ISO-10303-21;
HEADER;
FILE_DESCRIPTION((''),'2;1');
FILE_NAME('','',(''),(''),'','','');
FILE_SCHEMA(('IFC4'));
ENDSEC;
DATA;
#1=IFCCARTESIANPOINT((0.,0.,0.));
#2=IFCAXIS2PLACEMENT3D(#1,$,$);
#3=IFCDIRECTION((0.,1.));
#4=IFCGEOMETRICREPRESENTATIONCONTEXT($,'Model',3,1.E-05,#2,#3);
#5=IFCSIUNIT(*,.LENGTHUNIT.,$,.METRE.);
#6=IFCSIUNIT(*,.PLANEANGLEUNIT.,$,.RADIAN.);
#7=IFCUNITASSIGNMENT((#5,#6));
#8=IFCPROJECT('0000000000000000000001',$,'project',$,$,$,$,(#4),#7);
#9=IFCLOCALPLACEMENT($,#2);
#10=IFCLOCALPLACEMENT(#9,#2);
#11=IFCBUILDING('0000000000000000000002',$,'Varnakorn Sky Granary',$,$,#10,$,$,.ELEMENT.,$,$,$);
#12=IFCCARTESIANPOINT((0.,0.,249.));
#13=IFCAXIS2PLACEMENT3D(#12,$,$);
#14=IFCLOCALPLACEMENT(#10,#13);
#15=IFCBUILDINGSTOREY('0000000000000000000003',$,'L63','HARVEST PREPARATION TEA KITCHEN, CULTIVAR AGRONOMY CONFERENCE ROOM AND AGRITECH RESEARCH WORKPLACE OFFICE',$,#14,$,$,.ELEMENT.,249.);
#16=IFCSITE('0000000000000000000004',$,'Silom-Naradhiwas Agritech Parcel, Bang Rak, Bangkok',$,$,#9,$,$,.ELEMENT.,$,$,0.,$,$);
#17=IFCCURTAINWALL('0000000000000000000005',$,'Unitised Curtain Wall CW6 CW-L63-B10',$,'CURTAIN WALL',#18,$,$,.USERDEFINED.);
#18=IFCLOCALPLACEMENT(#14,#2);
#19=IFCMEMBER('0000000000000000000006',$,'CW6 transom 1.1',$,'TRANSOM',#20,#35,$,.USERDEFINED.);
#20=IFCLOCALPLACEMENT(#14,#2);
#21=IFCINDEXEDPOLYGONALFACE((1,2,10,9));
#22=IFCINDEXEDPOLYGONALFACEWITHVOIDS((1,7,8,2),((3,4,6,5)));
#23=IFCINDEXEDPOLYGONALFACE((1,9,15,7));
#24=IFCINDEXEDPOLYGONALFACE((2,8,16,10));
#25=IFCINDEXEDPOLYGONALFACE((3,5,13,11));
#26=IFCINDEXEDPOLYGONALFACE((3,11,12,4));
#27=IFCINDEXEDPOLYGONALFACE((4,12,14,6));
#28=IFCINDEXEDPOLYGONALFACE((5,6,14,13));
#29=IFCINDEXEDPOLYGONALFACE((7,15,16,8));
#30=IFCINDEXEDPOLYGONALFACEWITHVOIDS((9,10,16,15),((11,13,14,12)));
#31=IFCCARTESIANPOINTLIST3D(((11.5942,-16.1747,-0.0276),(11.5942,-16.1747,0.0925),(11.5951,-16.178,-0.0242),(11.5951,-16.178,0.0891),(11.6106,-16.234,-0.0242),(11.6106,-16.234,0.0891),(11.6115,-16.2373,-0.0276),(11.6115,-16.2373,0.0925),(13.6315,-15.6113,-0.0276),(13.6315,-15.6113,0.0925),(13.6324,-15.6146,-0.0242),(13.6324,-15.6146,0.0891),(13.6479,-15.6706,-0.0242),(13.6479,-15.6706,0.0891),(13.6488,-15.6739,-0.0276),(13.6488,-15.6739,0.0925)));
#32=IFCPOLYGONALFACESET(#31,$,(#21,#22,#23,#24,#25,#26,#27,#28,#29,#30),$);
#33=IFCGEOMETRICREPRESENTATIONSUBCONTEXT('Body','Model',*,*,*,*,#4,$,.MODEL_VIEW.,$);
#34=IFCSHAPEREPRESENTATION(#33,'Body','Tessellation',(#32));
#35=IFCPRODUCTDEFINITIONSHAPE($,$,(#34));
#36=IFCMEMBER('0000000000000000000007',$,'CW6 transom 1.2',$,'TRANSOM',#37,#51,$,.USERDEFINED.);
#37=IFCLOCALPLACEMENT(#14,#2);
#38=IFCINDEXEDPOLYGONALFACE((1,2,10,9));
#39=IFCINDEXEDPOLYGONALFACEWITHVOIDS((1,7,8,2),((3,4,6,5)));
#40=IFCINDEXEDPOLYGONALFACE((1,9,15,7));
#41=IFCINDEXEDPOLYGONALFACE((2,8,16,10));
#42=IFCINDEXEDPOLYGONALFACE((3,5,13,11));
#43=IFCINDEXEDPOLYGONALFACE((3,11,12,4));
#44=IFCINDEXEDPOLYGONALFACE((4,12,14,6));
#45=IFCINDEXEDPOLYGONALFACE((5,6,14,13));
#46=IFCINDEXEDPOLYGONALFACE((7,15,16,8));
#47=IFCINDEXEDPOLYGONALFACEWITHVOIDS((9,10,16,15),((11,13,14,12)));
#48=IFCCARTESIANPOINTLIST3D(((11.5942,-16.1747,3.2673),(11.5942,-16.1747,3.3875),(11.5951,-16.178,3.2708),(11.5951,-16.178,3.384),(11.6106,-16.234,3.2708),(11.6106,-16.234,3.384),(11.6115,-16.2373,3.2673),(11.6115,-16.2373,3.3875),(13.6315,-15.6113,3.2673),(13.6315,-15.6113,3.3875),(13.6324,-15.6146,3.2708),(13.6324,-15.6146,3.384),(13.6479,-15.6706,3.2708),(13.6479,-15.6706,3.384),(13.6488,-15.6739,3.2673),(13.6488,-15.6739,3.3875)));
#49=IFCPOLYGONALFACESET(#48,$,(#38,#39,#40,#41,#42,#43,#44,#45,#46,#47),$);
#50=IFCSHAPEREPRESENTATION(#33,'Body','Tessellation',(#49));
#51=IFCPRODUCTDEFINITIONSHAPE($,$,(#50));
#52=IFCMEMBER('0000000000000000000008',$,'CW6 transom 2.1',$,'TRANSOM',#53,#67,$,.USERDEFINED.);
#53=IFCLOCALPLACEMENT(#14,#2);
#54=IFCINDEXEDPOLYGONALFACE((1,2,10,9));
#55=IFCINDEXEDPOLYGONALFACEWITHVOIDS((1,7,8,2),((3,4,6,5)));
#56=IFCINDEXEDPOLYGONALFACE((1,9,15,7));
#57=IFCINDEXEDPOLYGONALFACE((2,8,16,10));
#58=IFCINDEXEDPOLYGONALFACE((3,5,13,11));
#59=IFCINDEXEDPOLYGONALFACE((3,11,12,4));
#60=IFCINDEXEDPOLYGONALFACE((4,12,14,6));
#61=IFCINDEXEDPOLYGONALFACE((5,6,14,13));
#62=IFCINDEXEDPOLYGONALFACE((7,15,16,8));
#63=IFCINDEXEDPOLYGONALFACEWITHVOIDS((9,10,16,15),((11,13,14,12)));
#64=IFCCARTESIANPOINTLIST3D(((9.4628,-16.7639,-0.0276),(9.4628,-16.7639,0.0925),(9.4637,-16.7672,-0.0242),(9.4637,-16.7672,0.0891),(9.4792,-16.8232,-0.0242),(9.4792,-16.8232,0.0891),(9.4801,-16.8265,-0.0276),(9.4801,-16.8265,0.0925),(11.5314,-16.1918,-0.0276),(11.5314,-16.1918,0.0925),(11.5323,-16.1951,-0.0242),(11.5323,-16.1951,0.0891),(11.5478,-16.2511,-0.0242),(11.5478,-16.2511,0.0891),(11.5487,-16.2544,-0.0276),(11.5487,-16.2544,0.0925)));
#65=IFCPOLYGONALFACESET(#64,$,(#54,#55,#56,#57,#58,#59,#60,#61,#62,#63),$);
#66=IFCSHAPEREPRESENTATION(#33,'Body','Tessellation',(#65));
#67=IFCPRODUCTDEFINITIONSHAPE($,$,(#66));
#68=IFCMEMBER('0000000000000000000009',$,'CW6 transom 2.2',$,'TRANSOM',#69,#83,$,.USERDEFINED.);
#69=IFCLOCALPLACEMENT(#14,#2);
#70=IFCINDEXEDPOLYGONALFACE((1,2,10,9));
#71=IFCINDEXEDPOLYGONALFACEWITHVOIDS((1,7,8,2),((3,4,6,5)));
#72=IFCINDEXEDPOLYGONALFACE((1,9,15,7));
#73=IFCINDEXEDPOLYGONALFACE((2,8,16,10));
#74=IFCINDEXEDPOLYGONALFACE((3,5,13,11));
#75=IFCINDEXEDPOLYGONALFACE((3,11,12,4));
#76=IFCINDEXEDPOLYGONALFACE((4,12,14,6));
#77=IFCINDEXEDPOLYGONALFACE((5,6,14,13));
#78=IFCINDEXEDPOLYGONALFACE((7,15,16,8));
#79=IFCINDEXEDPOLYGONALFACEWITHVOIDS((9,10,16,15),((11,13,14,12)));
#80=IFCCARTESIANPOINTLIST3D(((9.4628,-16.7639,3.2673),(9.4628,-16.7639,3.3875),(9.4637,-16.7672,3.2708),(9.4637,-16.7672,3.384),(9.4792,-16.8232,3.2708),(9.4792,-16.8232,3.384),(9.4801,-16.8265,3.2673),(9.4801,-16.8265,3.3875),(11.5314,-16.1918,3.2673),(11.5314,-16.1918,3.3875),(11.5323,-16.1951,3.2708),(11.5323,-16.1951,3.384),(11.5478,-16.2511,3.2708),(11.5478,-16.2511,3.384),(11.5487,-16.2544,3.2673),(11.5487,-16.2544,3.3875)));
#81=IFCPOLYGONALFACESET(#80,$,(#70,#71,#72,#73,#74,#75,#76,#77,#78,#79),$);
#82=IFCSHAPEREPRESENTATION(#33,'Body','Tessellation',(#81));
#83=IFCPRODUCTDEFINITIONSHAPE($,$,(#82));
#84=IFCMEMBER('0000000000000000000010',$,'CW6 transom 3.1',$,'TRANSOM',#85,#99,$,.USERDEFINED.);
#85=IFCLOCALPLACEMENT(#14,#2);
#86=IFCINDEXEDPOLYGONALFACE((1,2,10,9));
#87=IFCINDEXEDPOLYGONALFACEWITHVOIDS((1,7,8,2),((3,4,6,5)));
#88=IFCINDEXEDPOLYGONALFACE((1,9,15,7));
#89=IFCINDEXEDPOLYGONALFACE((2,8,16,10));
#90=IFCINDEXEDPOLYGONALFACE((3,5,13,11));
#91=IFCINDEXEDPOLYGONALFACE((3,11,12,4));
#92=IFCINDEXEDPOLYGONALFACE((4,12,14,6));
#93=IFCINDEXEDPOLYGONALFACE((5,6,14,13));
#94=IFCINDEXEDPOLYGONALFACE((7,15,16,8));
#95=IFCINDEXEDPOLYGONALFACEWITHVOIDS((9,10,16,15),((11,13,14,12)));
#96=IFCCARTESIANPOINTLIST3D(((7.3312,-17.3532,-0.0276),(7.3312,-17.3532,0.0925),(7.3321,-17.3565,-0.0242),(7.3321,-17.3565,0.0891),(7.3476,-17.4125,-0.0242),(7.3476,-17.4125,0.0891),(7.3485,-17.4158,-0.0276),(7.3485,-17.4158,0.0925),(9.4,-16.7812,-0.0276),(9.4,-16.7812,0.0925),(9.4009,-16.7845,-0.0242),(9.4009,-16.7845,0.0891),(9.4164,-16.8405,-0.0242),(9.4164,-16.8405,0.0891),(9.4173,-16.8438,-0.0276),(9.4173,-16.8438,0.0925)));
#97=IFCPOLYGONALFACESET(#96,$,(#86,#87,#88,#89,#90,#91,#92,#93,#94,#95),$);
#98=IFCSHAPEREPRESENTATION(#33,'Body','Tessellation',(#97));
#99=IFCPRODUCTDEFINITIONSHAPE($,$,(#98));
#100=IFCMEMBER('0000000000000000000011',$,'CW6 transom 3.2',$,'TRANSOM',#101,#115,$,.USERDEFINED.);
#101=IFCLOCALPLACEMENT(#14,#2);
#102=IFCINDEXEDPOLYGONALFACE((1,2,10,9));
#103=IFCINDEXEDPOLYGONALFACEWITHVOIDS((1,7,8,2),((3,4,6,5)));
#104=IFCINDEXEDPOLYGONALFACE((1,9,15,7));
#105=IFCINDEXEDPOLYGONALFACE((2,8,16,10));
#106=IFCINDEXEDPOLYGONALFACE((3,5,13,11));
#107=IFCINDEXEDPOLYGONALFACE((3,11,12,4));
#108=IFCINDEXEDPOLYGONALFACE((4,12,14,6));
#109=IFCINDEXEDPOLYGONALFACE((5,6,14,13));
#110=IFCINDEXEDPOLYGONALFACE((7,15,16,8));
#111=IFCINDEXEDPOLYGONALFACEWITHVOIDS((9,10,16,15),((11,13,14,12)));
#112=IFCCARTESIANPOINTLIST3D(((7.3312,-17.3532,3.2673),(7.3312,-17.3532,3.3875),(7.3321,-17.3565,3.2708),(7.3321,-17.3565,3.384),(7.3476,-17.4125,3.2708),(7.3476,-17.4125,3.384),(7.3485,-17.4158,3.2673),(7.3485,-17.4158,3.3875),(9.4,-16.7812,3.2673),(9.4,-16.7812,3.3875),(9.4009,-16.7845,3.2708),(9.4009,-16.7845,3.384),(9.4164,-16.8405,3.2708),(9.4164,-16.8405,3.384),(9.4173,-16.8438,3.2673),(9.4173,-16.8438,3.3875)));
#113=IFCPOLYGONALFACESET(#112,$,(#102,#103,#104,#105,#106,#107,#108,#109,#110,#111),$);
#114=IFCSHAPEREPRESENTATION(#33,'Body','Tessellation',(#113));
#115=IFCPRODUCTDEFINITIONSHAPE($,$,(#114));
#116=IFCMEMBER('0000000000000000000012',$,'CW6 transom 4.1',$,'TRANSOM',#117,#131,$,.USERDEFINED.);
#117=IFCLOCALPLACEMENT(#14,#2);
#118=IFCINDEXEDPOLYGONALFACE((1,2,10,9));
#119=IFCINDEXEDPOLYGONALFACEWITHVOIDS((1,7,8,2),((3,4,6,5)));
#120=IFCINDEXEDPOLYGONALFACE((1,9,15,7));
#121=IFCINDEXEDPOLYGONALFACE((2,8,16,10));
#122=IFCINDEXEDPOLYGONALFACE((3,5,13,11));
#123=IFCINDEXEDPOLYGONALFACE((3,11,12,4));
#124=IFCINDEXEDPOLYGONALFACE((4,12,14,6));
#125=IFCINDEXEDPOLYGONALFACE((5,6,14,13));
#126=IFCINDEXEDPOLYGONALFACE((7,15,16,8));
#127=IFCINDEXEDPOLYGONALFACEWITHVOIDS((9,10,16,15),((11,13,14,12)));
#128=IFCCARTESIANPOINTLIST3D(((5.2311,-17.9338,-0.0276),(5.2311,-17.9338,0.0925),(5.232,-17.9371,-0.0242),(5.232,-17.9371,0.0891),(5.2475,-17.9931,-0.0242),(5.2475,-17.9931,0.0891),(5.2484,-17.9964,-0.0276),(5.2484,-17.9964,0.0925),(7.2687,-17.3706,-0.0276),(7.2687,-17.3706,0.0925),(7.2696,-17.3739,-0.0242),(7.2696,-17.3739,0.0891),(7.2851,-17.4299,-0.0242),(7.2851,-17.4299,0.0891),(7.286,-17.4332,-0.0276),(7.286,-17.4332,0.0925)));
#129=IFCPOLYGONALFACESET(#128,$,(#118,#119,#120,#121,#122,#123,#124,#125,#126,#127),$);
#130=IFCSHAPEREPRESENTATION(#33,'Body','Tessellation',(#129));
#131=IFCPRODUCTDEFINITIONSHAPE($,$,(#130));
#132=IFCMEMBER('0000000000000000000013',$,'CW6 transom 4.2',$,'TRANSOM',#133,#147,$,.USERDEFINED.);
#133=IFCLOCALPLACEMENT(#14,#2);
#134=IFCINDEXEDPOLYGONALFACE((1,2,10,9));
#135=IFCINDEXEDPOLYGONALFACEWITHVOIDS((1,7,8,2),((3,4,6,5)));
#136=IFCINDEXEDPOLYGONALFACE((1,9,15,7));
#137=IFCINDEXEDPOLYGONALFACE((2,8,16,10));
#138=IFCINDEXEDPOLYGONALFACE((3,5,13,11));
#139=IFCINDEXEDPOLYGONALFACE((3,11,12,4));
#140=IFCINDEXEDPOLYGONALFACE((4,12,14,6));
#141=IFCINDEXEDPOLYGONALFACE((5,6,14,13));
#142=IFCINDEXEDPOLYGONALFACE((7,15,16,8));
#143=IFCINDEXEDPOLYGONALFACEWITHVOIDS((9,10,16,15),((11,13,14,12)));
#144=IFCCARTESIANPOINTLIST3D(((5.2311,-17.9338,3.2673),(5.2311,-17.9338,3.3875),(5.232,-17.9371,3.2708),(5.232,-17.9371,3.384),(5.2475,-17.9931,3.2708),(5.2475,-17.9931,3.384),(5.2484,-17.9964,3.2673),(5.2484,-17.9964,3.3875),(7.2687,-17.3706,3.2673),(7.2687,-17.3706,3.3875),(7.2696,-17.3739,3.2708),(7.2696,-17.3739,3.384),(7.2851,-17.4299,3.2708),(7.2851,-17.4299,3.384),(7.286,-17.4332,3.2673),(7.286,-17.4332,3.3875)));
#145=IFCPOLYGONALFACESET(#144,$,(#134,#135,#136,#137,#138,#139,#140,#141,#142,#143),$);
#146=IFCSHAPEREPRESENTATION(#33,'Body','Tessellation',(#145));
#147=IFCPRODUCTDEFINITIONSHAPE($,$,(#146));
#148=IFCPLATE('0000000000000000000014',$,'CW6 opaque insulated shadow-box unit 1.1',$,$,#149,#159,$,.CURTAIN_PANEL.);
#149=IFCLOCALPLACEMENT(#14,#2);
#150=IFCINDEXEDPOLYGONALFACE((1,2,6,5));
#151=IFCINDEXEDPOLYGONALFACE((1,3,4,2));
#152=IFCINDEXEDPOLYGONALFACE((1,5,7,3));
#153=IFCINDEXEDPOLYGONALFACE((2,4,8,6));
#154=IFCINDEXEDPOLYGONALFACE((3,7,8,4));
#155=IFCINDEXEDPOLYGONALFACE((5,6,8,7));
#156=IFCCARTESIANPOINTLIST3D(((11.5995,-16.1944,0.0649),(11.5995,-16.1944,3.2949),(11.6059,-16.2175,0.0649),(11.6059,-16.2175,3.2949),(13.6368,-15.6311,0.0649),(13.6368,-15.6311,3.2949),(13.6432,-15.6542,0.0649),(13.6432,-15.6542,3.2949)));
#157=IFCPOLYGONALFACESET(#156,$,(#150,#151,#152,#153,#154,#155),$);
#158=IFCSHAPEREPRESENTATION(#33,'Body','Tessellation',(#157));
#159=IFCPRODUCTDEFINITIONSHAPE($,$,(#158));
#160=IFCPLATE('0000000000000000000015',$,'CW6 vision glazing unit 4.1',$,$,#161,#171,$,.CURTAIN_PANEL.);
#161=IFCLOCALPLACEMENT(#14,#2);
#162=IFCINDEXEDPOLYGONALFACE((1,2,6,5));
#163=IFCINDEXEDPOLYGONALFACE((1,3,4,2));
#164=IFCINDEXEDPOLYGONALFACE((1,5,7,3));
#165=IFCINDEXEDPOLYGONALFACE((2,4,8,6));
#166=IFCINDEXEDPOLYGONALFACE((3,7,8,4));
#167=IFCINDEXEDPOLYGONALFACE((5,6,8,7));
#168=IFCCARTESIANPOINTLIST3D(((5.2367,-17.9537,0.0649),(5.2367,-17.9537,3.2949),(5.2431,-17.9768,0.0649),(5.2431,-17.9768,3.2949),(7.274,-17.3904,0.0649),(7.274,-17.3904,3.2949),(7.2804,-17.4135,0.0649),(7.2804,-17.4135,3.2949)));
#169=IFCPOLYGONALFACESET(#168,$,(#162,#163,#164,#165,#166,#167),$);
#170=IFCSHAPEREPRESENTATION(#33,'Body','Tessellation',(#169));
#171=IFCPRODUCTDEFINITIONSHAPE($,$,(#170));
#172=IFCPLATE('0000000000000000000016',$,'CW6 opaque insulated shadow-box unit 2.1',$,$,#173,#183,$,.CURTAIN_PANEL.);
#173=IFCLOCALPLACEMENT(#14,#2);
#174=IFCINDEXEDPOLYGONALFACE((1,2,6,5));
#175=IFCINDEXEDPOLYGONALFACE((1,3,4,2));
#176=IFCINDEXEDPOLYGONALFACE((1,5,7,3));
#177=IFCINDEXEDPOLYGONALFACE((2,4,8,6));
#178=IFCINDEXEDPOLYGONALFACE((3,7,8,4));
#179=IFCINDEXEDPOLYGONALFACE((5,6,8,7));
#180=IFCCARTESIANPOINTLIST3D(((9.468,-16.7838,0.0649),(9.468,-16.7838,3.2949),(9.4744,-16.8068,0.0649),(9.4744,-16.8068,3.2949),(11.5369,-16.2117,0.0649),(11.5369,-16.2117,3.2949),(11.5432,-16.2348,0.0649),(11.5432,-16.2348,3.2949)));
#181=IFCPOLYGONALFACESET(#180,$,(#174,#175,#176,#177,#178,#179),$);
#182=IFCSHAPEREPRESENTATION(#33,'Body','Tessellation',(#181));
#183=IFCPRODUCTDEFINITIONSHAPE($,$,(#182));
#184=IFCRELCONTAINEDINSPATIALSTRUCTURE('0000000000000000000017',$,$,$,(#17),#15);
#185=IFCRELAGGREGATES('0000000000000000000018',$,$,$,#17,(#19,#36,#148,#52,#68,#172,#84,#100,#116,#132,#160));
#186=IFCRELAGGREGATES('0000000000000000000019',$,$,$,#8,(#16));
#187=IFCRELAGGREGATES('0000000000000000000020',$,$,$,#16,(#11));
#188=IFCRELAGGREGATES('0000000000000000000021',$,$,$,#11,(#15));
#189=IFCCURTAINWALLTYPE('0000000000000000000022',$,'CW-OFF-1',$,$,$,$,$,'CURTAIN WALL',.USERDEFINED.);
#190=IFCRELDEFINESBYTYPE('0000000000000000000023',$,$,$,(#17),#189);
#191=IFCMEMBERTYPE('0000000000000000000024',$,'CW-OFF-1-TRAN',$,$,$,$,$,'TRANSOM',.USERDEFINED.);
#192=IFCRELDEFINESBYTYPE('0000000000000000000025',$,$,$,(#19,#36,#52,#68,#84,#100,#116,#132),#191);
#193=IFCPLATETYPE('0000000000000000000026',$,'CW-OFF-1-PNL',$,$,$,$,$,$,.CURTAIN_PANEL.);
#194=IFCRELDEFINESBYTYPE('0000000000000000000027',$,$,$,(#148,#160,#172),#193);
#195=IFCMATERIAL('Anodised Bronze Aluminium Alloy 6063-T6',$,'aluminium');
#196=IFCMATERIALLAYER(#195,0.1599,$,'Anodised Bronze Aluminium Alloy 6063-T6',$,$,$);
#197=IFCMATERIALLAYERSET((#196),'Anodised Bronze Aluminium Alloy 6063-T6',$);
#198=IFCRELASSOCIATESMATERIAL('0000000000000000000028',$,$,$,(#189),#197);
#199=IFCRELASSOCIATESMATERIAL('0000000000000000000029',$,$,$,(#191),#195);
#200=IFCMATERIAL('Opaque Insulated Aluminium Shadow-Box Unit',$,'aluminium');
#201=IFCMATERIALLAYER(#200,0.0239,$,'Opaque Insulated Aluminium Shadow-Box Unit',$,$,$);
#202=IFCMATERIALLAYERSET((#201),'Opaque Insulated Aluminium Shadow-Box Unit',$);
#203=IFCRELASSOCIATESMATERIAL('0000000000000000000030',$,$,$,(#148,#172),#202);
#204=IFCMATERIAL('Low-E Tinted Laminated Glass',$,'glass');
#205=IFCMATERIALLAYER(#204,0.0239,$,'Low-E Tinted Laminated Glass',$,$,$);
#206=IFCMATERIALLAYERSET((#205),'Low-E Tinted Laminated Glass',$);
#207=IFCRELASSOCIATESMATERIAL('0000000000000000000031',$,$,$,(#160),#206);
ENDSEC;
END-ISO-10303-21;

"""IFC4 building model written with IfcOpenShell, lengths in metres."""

from ifc_helpers import new_model, si_unit, direction, frame, origin, origin_2d, place, context, subcontext, project, spatial, rectangle, hollow_rectangle, extrude, source, transform, mapped, material, layer, layer_set, material_profile, profile_set, type_object, type_shapes, element, aggregate, save


model = new_model("IFC4")

# Units and contexts
model_context = context("Model", 3, precision=1e-05, world=origin(), true_north=direction((0.0, 1.0)))
body_context = subcontext(model_context, "Body", "Model", "MODEL_VIEW")
ifc_project = project(units=[si_unit("LENGTHUNIT", "METRE"), si_unit("PLANEANGLEUNIT", "RADIAN")], contexts=[model_context])

# Site, building, storey
site_placement = place(None, origin())
site = spatial("IfcSite", under=ifc_project, at=site_placement, Name="Silom-Naradhiwas Agritech Parcel, Bang Rak, Bangkok", CompositionType="ELEMENT", RefElevation=0.0)
building_placement = place(site_placement, origin())
building = spatial("IfcBuilding", under=site, at=building_placement, Name="Varnakorn Sky Granary", CompositionType="ELEMENT")
storey_placement = place(building_placement, frame((0.0, 0.0, 249.0)))
storey = spatial("IfcBuildingStorey", under=building, at=storey_placement, Name="L63", Description="HARVEST PREPARATION TEA KITCHEN, CULTIVAR AGRONOMY CONFERENCE ROOM AND AGRITECH RESEARCH WORKPLACE OFFICE", CompositionType="ELEMENT", Elevation=249.0)

# Curtain wall, members, plates
ifc_material_1 = material(Name="Anodised Bronze Aluminium Alloy 6063-T6", Category="aluminium")
ifc_layer_1 = layer(ifc_material_1, 0.1599, Name="Anodised Bronze Aluminium Alloy 6063-T6")
ifc_layer_set_1 = layer_set([ifc_layer_1], Name="Anodised Bronze Aluminium Alloy 6063-T6")
curtain_wall_type = type_object("IfcCurtainWallType", Name="CW-OFF-1", ElementType="CURTAIN WALL", PredefinedType="USERDEFINED", material=ifc_layer_set_1)
curtain_wall_placement = place(storey_placement, origin())
curtain_wall = element("IfcCurtainWall", 1, at=curtain_wall_placement, inside=storey, type_object=curtain_wall_type, Name="Unitised Curtain Wall CW6 CW-L63-B10", ObjectType="CURTAIN WALL", PredefinedType="USERDEFINED")
ifc_material_profile_1 = material_profile(ifc_material_1, hollow_rectangle(XDim=0.0649, YDim=0.1201, WallThickness=0.0034, at=origin_2d()), Name="ALU TRAN 65x120")
ifc_profile_set_1 = profile_set([ifc_material_profile_1], Name="Anodised Bronze Aluminium Alloy 6063-T6")
member_type_1 = type_object("IfcMemberType", Name="CW-OFF-1-TRAN", ElementType="TRANSOM", PredefinedType="USERDEFINED", material=ifc_profile_set_1)
member_1_placement = place(storey_placement, frame((13.6401, -15.6426, 0.0325), z_axis=(-0.963817, -0.266566, 0.0), x_axis=(0.266566, -0.963817, 0.0)))
member_1 = element("IfcMember", 2, at=member_1_placement, type_object=member_type_1, Name="CW6 transom 1.1", ObjectType="TRANSOM", PredefinedType="USERDEFINED", context=body_context, shape_type="SweptSolid", body=[
    extrude(hollow_rectangle(XDim=0.0649, YDim=0.1201, WallThickness=0.0034, at=origin_2d()), origin(), (0.0, 0.0, 1.0), 2.1138),
])
member_2_placement = place(storey_placement, frame((13.6401, -15.6426, 3.3274), z_axis=(-0.963817, -0.266566, 0.0), x_axis=(0.266566, -0.963817, 0.0)))
member_2 = element("IfcMember", 3, at=member_2_placement, type_object=member_type_1, Name="CW6 transom 1.2", ObjectType="TRANSOM", PredefinedType="USERDEFINED", context=body_context, shape_type="SweptSolid", body=[
    extrude(hollow_rectangle(XDim=0.0649, YDim=0.1201, WallThickness=0.0034, at=origin_2d()), origin(), (0.0, 0.0, 1.0), 2.1138),
])
member_3_placement = place(storey_placement, frame((11.54, -16.2231, 0.0325), z_axis=(-0.963829, -0.266523, 0.0), x_axis=(0.266523, -0.963829, 0.0)))
member_3 = element("IfcMember", 4, at=member_3_placement, type_object=member_type_1, Name="CW6 transom 2.1", ObjectType="TRANSOM", PredefinedType="USERDEFINED", context=body_context, shape_type="SweptSolid", body=[
    extrude(hollow_rectangle(XDim=0.0649, YDim=0.1201, WallThickness=0.0034, at=origin_2d()), origin(), (0.0, 0.0, 1.0), 2.1462),
])
member_4_placement = place(storey_placement, frame((11.54, -16.2231, 3.3274), z_axis=(-0.963829, -0.266523, 0.0), x_axis=(0.266523, -0.963829, 0.0)))
member_4 = element("IfcMember", 5, at=member_4_placement, type_object=member_type_1, Name="CW6 transom 2.2", ObjectType="TRANSOM", PredefinedType="USERDEFINED", context=body_context, shape_type="SweptSolid", body=[
    extrude(hollow_rectangle(XDim=0.0649, YDim=0.1201, WallThickness=0.0034, at=origin_2d()), origin(), (0.0, 0.0, 1.0), 2.1462),
])
member_5_placement = place(storey_placement, frame((9.4087, -16.8125, 0.0325), z_axis=(-0.963837, -0.266494, 0.0), x_axis=(0.266494, -0.963837, 0.0)))
member_5 = element("IfcMember", 6, at=member_5_placement, type_object=member_type_1, Name="CW6 transom 3.1", ObjectType="TRANSOM", PredefinedType="USERDEFINED", context=body_context, shape_type="SweptSolid", body=[
    extrude(hollow_rectangle(XDim=0.0649, YDim=0.1201, WallThickness=0.0034, at=origin_2d()), origin(), (0.0, 0.0, 1.0), 2.1465),
])
member_6_placement = place(storey_placement, frame((9.4087, -16.8125, 3.3274), z_axis=(-0.963837, -0.266494, 0.0), x_axis=(0.266494, -0.963837, 0.0)))
member_6 = element("IfcMember", 7, at=member_6_placement, type_object=member_type_1, Name="CW6 transom 3.2", ObjectType="TRANSOM", PredefinedType="USERDEFINED", context=body_context, shape_type="SweptSolid", body=[
    extrude(hollow_rectangle(XDim=0.0649, YDim=0.1201, WallThickness=0.0034, at=origin_2d()), origin(), (0.0, 0.0, 1.0), 2.1465),
])
member_7_placement = place(storey_placement, frame((7.2773, -17.4019, 0.0325), z_axis=(-0.963855, -0.266429, 0.0), x_axis=(0.266429, -0.963855, 0.0)))
member_7 = element("IfcMember", 8, at=member_7_placement, type_object=member_type_1, Name="CW6 transom 4.1", ObjectType="TRANSOM", PredefinedType="USERDEFINED", context=body_context, shape_type="SweptSolid", body=[
    extrude(hollow_rectangle(XDim=0.0649, YDim=0.1201, WallThickness=0.0034, at=origin_2d()), origin(), (0.0, 0.0, 1.0), 2.114),
])
member_8_placement = place(storey_placement, frame((7.2773, -17.4019, 3.3274), z_axis=(-0.963855, -0.266429, 0.0), x_axis=(0.266429, -0.963855, 0.0)))
member_8 = element("IfcMember", 9, at=member_8_placement, type_object=member_type_1, Name="CW6 transom 4.2", ObjectType="TRANSOM", PredefinedType="USERDEFINED", context=body_context, shape_type="SweptSolid", body=[
    extrude(hollow_rectangle(XDim=0.0649, YDim=0.1201, WallThickness=0.0034, at=origin_2d()), origin(), (0.0, 0.0, 1.0), 2.114),
])
ifc_material_2 = material(Name="Opaque Insulated Aluminium Shadow-Box Unit", Category="aluminium")
ifc_layer_2 = layer(ifc_material_2, 0.0239, Name="Opaque Insulated Aluminium Shadow-Box Unit")
ifc_layer_set_2 = layer_set([ifc_layer_2], Name="Opaque Insulated Aluminium Shadow-Box Unit")
plate_type = type_object("IfcPlateType", Name="CW-OFF-1-PNL", PredefinedType="CURTAIN_PANEL")
shared_shape_1 = source(origin(), body_context, "Body", "SweptSolid", [
    extrude(rectangle(XDim=2.1138, YDim=0.0239, at=origin_2d()), origin(), (0.0, 0.0, 1.0), 3.23),
])
plate_1_placement = place(storey_placement, frame((12.6213, -15.9243, 0.0649), z_axis=(0.0, 0.0, 1.0), x_axis=(-0.963839, -0.266487, 0.0)))
plate_1 = element("IfcPlate", 10, at=plate_1_placement, type_object=plate_type, material=ifc_layer_set_2, Name="CW6 opaque insulated shadow-box unit 1.1", PredefinedType="CURTAIN_PANEL", context=body_context, shape_type="MappedRepresentation", body=[
    mapped(shared_shape_1, transform((0.0, 0.0, 0.0), x_axis=(1.0, 0.0, 0.0), y_axis=(0.0, 1.0, 0.0), z_axis=(0.0, 0.0, 1.0), scale=1.0)),
])
ifc_material_3 = material(Name="Low-E Tinted Laminated Glass", Category="glass")
ifc_layer_3 = layer(ifc_material_3, 0.0239, Name="Low-E Tinted Laminated Glass")
ifc_layer_set_3 = layer_set([ifc_layer_3], Name="Low-E Tinted Laminated Glass")
plate_2_placement = place(storey_placement, frame((6.2585, -17.6836, 0.0649), z_axis=(0.0, 0.0, 1.0), x_axis=(-0.963839, -0.266487, 0.0)))
plate_2 = element("IfcPlate", 11, at=plate_2_placement, type_object=plate_type, material=ifc_layer_set_3, Name="CW6 vision glazing unit 4.1", PredefinedType="CURTAIN_PANEL", context=body_context, shape_type="MappedRepresentation", body=[
    mapped(shared_shape_1, transform((0.0, 0.0, 0.0), x_axis=(1.0, 0.0, 0.0), y_axis=(0.0, 1.0, 0.0), z_axis=(0.0, 0.0, 1.0), scale=1.0)),
])
shared_shape_2 = source(origin(), body_context, "Body", "SweptSolid", [
    extrude(rectangle(XDim=2.1465, YDim=0.0239, at=origin_2d()), origin(), (0.0, 0.0, 1.0), 3.23),
])
type_shapes(plate_type, [shared_shape_1, shared_shape_2])
plate_3_placement = place(storey_placement, frame((10.5056, -16.5093, 0.0649), z_axis=(0.0, 0.0, 1.0), x_axis=(-0.963839, -0.266487, 0.0)))
plate_3 = element("IfcPlate", 12, at=plate_3_placement, type_object=plate_type, material=ifc_layer_set_2, Name="CW6 opaque insulated shadow-box unit 2.1", PredefinedType="CURTAIN_PANEL", context=body_context, shape_type="MappedRepresentation", body=[
    mapped(shared_shape_2, transform((0.0, 0.0, 0.0), x_axis=(1.0, 0.0, 0.0), y_axis=(0.0, 1.0, 0.0), z_axis=(0.0, 0.0, 1.0), scale=1.0)),
])
aggregate(curtain_wall, [member_1, member_2, plate_1, member_3, member_4, plate_3, member_5, member_6, member_7, member_8, plate_2])

save(model, "model.ifc")
